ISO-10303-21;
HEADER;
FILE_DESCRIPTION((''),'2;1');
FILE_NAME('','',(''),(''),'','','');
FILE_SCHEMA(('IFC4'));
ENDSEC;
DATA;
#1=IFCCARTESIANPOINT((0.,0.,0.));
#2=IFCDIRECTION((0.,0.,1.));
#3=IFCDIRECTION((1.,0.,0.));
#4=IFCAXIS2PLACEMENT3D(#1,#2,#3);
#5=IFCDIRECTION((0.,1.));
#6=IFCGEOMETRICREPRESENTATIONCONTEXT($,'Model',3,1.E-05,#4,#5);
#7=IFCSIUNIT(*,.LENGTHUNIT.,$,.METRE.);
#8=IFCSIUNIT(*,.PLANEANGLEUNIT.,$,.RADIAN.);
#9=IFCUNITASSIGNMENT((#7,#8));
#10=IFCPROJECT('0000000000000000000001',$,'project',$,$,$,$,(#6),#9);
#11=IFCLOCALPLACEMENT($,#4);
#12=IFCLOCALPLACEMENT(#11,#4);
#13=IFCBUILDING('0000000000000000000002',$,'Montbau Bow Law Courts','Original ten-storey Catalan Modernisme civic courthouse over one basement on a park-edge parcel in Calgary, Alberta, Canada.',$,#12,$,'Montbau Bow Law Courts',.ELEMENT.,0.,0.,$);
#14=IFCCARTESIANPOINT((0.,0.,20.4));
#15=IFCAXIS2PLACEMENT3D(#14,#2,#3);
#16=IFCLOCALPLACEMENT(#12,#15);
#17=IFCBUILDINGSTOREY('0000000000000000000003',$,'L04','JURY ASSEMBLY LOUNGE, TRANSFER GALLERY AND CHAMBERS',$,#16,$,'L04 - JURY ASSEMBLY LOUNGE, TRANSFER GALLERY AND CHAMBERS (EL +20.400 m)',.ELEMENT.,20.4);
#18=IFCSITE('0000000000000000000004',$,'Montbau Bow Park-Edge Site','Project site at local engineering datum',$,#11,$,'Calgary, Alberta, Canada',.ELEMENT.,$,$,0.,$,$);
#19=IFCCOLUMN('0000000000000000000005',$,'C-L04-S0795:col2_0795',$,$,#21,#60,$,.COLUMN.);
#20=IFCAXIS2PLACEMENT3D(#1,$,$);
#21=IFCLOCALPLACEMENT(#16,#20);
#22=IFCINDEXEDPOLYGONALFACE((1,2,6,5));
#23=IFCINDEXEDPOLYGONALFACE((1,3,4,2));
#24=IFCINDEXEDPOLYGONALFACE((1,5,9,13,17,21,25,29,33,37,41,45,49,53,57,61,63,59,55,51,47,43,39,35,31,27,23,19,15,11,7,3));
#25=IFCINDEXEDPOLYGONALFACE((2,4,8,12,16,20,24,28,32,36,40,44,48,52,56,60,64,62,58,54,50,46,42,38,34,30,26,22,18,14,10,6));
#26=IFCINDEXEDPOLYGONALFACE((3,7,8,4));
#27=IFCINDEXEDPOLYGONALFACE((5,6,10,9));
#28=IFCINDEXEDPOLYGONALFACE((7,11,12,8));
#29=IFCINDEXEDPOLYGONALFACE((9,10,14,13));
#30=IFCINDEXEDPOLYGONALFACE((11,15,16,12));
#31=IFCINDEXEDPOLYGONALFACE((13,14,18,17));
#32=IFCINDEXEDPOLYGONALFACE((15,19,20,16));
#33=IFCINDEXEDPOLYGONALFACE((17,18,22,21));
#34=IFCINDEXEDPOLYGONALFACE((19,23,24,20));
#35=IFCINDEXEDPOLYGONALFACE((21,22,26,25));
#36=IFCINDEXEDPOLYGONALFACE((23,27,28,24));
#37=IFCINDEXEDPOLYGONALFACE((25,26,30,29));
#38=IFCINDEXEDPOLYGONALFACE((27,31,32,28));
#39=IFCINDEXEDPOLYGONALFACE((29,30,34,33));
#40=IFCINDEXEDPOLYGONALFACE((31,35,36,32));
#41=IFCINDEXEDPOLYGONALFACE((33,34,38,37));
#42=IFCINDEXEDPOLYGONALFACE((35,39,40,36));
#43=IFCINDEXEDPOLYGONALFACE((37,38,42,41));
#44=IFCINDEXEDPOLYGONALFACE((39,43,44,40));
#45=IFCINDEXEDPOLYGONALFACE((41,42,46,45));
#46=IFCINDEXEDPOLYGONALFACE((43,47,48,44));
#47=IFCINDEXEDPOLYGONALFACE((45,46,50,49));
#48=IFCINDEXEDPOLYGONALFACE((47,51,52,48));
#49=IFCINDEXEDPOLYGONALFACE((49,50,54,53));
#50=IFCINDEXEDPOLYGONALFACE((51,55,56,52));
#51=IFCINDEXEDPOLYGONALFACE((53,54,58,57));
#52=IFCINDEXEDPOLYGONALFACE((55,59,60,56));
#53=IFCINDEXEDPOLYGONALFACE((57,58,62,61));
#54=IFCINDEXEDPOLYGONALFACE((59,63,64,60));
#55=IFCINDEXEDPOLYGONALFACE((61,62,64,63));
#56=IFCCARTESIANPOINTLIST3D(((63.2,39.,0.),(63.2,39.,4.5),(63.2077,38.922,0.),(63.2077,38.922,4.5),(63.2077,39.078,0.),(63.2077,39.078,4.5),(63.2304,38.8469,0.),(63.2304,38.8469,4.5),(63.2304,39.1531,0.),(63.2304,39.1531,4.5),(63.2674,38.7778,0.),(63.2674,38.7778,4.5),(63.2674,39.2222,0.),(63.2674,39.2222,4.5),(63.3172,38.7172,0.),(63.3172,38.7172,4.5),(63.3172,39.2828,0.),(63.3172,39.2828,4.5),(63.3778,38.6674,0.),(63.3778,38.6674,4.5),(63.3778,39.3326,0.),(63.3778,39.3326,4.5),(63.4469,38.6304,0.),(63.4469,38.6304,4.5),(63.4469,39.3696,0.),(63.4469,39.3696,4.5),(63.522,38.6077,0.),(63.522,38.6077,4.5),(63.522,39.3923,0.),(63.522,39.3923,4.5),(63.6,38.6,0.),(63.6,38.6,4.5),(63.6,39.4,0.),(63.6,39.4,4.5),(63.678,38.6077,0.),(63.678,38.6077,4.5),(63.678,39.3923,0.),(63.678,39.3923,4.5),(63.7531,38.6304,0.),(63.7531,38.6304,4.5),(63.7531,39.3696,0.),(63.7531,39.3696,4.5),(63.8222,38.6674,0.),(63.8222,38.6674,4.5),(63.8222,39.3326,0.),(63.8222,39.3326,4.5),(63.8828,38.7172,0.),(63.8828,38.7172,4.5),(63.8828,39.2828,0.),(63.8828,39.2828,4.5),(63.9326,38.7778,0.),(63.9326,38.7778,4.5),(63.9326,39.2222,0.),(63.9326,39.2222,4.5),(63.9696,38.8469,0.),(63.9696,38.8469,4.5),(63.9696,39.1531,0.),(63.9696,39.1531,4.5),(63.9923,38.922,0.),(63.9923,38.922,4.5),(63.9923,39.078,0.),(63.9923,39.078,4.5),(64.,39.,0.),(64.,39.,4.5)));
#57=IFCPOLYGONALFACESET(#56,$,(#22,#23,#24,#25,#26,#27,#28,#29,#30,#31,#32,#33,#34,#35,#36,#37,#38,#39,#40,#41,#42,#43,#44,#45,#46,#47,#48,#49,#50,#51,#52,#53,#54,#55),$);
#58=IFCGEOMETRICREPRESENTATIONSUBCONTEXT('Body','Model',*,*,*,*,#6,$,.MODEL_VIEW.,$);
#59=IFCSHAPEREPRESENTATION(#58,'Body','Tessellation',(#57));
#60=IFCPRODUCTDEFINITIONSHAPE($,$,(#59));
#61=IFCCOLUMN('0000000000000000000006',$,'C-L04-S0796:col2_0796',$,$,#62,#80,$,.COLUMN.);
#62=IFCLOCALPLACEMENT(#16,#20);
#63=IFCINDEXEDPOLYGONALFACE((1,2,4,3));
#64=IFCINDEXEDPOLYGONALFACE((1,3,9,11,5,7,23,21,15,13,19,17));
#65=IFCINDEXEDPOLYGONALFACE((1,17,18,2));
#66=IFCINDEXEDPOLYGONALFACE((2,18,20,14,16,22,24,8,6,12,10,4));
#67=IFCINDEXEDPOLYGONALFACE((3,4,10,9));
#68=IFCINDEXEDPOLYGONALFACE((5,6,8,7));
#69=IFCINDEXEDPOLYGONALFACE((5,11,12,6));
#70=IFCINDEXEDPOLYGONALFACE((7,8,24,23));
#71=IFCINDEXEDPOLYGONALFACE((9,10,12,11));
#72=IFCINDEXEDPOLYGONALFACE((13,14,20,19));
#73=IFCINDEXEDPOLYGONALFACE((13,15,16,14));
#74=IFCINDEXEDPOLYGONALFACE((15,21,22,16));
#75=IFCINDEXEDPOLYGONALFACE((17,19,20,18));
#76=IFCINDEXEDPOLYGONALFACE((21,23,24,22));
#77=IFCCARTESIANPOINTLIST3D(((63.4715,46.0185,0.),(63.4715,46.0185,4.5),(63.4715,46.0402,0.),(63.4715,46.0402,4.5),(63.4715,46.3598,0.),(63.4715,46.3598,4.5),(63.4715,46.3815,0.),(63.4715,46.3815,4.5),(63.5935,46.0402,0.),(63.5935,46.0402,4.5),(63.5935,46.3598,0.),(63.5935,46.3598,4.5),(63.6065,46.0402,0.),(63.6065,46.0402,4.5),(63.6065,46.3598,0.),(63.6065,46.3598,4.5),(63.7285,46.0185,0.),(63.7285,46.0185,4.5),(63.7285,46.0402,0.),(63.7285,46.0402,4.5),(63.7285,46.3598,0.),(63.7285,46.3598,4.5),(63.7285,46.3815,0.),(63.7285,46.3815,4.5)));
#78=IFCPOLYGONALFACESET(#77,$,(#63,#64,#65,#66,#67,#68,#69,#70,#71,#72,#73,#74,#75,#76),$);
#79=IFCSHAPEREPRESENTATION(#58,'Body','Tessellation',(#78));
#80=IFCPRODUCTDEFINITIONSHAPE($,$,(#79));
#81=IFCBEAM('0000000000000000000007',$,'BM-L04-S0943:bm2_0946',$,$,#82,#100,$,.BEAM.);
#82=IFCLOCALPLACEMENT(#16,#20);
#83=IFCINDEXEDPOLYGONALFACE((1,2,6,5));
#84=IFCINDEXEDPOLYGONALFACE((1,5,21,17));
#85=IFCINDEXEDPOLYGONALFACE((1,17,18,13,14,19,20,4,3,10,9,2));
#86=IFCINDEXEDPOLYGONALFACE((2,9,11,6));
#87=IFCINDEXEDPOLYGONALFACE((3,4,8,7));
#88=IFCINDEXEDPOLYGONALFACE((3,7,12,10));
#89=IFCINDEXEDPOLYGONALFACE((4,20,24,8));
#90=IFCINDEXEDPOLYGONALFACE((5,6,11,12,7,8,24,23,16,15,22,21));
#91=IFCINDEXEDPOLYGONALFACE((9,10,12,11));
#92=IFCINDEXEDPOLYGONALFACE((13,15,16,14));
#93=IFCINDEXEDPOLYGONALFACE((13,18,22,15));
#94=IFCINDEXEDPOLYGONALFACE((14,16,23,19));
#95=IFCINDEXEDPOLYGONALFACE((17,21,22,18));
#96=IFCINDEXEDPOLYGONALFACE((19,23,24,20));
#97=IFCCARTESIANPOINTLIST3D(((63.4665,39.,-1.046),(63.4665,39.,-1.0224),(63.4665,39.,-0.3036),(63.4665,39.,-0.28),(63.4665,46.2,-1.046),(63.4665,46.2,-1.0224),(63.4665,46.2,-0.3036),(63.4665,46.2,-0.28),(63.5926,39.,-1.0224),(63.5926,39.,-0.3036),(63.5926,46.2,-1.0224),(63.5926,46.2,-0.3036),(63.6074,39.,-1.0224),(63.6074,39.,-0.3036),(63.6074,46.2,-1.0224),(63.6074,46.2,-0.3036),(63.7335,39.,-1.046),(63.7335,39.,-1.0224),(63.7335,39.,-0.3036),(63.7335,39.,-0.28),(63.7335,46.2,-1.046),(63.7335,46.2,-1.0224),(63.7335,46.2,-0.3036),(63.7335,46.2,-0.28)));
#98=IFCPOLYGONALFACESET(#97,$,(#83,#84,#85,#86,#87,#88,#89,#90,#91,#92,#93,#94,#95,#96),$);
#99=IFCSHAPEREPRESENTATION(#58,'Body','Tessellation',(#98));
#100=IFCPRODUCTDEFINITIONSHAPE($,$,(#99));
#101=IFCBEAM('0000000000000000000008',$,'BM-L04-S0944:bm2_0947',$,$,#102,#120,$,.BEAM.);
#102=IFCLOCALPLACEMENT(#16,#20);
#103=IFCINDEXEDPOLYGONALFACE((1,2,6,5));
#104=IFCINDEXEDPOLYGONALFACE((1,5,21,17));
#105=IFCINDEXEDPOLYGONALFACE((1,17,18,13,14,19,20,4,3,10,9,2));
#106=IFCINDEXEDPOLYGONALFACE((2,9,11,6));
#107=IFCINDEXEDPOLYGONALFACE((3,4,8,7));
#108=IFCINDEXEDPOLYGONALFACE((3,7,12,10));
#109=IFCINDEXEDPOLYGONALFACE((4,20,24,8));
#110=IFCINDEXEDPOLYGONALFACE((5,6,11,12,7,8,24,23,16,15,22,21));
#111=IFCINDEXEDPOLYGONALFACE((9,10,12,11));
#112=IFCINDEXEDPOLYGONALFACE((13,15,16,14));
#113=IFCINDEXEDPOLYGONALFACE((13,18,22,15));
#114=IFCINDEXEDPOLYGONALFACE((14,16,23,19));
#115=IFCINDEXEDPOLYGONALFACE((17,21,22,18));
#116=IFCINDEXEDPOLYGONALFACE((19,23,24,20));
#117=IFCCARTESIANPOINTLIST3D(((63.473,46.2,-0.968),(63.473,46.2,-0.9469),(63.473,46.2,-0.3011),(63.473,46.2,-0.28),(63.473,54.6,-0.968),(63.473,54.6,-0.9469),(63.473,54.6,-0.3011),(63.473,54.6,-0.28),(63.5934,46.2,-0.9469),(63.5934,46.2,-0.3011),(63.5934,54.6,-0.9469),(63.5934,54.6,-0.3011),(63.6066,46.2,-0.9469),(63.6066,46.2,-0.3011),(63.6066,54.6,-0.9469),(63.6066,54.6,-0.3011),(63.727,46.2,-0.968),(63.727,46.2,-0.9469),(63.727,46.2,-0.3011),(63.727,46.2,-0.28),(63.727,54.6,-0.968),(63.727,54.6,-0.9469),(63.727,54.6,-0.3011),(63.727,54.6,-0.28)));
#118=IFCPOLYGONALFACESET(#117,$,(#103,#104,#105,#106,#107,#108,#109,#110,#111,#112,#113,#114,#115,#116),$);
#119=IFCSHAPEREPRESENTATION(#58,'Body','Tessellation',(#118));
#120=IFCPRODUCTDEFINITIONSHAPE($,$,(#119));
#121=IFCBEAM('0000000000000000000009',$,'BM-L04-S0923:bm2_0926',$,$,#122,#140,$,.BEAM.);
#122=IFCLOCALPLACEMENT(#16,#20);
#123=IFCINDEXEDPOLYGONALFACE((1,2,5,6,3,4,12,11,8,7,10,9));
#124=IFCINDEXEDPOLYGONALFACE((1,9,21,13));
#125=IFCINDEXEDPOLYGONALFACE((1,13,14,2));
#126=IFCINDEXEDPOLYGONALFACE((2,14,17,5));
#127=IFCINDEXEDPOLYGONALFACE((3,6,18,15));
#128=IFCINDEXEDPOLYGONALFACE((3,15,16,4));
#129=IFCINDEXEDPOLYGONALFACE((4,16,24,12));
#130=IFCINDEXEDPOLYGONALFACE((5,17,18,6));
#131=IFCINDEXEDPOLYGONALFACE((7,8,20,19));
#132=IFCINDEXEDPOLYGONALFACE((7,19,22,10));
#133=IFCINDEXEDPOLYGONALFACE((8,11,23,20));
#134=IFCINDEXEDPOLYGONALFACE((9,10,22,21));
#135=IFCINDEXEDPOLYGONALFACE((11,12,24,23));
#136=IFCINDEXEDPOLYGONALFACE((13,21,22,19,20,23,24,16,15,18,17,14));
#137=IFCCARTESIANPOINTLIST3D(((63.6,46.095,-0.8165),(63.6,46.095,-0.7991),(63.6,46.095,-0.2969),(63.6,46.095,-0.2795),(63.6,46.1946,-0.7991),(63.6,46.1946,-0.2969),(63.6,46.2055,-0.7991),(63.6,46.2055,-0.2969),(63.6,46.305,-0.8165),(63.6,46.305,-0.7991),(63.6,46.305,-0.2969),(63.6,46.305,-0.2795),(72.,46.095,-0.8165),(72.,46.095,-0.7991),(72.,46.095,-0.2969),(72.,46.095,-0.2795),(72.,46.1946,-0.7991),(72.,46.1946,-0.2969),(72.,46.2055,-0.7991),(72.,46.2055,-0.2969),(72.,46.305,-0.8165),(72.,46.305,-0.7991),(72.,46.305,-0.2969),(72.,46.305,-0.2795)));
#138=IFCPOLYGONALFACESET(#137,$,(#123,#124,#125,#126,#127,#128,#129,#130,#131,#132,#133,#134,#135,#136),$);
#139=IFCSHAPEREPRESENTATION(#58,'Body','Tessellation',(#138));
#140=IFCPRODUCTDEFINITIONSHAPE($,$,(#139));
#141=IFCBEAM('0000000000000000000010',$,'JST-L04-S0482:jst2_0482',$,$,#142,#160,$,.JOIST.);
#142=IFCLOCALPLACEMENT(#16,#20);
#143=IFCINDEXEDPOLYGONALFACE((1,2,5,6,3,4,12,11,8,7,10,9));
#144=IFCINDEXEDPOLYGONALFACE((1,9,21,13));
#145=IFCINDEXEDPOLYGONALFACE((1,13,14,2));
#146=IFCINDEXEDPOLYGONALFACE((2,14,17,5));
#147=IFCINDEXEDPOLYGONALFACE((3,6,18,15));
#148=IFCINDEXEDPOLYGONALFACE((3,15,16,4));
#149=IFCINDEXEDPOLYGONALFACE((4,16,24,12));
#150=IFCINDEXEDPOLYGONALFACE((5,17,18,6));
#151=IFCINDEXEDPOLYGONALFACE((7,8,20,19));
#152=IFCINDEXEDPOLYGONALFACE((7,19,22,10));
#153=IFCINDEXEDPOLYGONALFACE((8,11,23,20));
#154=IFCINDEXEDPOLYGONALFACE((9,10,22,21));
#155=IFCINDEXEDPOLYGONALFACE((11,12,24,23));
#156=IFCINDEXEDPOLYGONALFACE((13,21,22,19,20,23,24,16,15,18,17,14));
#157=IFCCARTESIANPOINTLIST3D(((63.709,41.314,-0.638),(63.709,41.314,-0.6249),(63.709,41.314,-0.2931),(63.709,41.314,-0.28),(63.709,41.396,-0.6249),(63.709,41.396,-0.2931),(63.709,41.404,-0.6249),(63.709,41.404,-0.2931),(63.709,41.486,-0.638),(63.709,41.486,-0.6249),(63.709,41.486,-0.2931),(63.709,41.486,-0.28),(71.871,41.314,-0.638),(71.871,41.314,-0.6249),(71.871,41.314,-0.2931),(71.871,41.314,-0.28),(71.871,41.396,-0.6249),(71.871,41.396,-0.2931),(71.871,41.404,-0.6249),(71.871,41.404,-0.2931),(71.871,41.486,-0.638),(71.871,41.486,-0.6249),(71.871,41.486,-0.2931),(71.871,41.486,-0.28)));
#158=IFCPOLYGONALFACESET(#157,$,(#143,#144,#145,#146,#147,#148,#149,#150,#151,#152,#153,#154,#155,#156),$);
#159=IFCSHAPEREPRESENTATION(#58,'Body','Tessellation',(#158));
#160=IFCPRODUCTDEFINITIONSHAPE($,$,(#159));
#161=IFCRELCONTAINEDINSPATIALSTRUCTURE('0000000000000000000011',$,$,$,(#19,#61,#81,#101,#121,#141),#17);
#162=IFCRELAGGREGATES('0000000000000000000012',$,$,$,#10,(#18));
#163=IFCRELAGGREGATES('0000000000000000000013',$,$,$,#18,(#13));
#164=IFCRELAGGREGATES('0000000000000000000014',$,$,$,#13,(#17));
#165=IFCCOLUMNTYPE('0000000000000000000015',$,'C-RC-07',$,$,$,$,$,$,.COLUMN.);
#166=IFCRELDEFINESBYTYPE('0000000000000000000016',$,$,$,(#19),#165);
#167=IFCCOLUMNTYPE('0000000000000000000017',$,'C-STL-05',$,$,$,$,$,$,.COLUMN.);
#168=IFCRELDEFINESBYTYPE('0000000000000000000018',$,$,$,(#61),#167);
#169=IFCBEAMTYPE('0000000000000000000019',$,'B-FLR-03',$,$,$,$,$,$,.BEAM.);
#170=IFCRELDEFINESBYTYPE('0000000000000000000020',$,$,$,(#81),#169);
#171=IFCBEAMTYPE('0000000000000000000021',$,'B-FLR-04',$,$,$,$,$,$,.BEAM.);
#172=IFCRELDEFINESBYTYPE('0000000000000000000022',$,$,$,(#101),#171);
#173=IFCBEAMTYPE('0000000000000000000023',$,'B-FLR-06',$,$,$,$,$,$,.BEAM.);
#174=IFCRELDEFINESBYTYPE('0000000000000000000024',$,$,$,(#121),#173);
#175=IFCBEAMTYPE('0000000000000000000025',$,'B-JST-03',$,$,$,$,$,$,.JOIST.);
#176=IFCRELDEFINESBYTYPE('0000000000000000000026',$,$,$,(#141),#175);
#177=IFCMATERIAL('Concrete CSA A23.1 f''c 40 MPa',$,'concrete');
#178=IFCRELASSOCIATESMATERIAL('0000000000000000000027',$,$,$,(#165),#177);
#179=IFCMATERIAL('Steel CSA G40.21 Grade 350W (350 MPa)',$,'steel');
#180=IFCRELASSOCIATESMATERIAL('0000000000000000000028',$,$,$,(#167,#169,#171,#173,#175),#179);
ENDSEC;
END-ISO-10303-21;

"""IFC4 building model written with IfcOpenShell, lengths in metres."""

from ifc_helpers import new_model, si_unit, direction, frame, origin_with_axes, origin_2d_with_axis, place, context, subcontext, project, spatial, circle, i_section, extrude, material, material_profile, profile_set, type_object, element, save


model = new_model("IFC4")

# Units and contexts
model_context = context("Model", 3, precision=1e-05, world=origin_with_axes(), true_north=direction((0.0, 1.0)))
body_context = subcontext(model_context, "Body", "Model", "MODEL_VIEW")
ifc_project = project(units=[si_unit("LENGTHUNIT", "METRE"), si_unit("PLANEANGLEUNIT", "RADIAN")], contexts=[model_context])

# Site, building, storey
site_placement = place(None, origin_with_axes())
site = spatial("IfcSite", under=ifc_project, at=site_placement, Name="Montbau Bow Park-Edge Site", Description="Project site at local engineering datum", LongName="Calgary, Alberta, Canada", CompositionType="ELEMENT", RefElevation=0.0)
building_placement = place(site_placement, origin_with_axes())
building = spatial("IfcBuilding", under=site, at=building_placement, Name="Montbau Bow Law Courts", Description="Original ten-storey Catalan Modernisme civic courthouse over one basement on a park-edge parcel in Calgary, Alberta, Canada.", LongName="Montbau Bow Law Courts", CompositionType="ELEMENT", ElevationOfRefHeight=0.0, ElevationOfTerrain=0.0)
storey_placement = place(building_placement, frame((0.0, 0.0, 20.4), z_axis=(0.0, 0.0, 1.0), x_axis=(1.0, 0.0, 0.0)))
storey = spatial("IfcBuildingStorey", under=building, at=storey_placement, Name="L04", Description="JURY ASSEMBLY LOUNGE, TRANSFER GALLERY AND CHAMBERS", LongName="L04 - JURY ASSEMBLY LOUNGE, TRANSFER GALLERY AND CHAMBERS (EL +20.400 m)", CompositionType="ELEMENT", Elevation=20.4)

# Columns
ifc_material_1 = material(Name="Concrete CSA A23.1 f'c 40 MPa", Category="concrete")
ifc_material_profile_1 = material_profile(ifc_material_1, circle(Radius=0.4, at=origin_2d_with_axis()), Name="RC800D", Category="Main", Priority=0)
ifc_profile_set_1 = profile_set([ifc_material_profile_1], Name="Concrete CSA A23.1 f'c 40 MPa")
column_type_1 = type_object("IfcColumnType", Name="C-RC-07", PredefinedType="COLUMN", material=ifc_profile_set_1)
column_1_placement = place(None, frame((63.6, 39.0, 20.4), z_axis=(0.0, 0.0, 1.0), x_axis=(1.0, 0.0, 0.0)))
element("IfcColumn", 1, at=column_1_placement, inside=storey, type_object=column_type_1, Name="C-L04-S0795:col2_0795", PredefinedType="COLUMN", context=body_context, shape_type="SweptSolid", body=[
    extrude(circle(Radius=0.4, at=origin_2d_with_axis()), origin_with_axes(), (0.0, 0.0, 1.0), 4.5),
])
ifc_material_2 = material(Name="Steel CSA G40.21 Grade 350W (350 MPa)", Category="steel")
ifc_material_profile_2 = material_profile(ifc_material_2, i_section(OverallWidth=0.257, OverallDepth=0.363, WebThickness=0.013, FlangeThickness=0.0217, at=origin_2d_with_axis()), Name="W360X122", Category="Main", Priority=0)
ifc_profile_set_2 = profile_set([ifc_material_profile_2], Name="Steel CSA G40.21 Grade 350W (350 MPa)")
column_type_2 = type_object("IfcColumnType", Name="C-STL-05", PredefinedType="COLUMN", material=ifc_profile_set_2)
column_2_placement = place(None, frame((63.6, 46.2, 20.4), z_axis=(0.0, 0.0, 1.0), x_axis=(1.0, 0.0, 0.0)))
element("IfcColumn", 2, at=column_2_placement, inside=storey, type_object=column_type_2, Name="C-L04-S0796:col2_0796", PredefinedType="COLUMN", context=body_context, shape_type="SweptSolid", body=[
    extrude(i_section(OverallWidth=0.257, OverallDepth=0.363, WebThickness=0.013, FlangeThickness=0.0217, at=origin_2d_with_axis()), origin_with_axes(), (0.0, 0.0, 1.0), 4.5),
])

# Beams
ifc_material_profile_3 = material_profile(ifc_material_2, i_section(OverallWidth=0.267, OverallDepth=0.766, WebThickness=0.0149, FlangeThickness=0.0236, at=origin_2d_with_axis()), Name="W760X185", Category="Main", Priority=0)
ifc_profile_set_3 = profile_set([ifc_material_profile_3], Name="Steel CSA G40.21 Grade 350W (350 MPa)")
beam_type_1 = type_object("IfcBeamType", Name="B-FLR-03", PredefinedType="BEAM", material=ifc_profile_set_3)
beam_1_placement = place(None, frame((63.6, 39.0, 19.737), z_axis=(0.0, 1.0, 0.0), x_axis=(-1.0, 0.0, 0.0)))
element("IfcBeam", 3, at=beam_1_placement, inside=storey, type_object=beam_type_1, Name="BM-L04-S0943:bm2_0946", PredefinedType="BEAM", context=body_context, shape_type="SweptSolid", body=[
    extrude(i_section(OverallWidth=0.267, OverallDepth=0.766, WebThickness=0.0149, FlangeThickness=0.0236, at=origin_2d_with_axis()), origin_with_axes(), (0.0, 0.0, 1.0), 7.2),
])
ifc_material_profile_4 = material_profile(ifc_material_2, i_section(OverallWidth=0.254, OverallDepth=0.688, WebThickness=0.0131, FlangeThickness=0.0211, at=origin_2d_with_axis()), Name="W690X152", Category="Main", Priority=0)
ifc_profile_set_4 = profile_set([ifc_material_profile_4], Name="Steel CSA G40.21 Grade 350W (350 MPa)")
beam_type_2 = type_object("IfcBeamType", Name="B-FLR-04", PredefinedType="BEAM", material=ifc_profile_set_4)
beam_2_placement = place(None, frame((63.6, 46.2, 19.776), z_axis=(0.0, 1.0, 0.0), x_axis=(-1.0, 0.0, 0.0)))
element("IfcBeam", 4, at=beam_2_placement, inside=storey, type_object=beam_type_2, Name="BM-L04-S0944:bm2_0947", PredefinedType="BEAM", context=body_context, shape_type="SweptSolid", body=[
    extrude(i_section(OverallWidth=0.254, OverallDepth=0.688, WebThickness=0.0131, FlangeThickness=0.0211, at=origin_2d_with_axis()), origin_with_axes(), (0.0, 0.0, 1.0), 8.4),
])
ifc_material_profile_5 = material_profile(ifc_material_2, i_section(OverallWidth=0.21, OverallDepth=0.537, WebThickness=0.0109, FlangeThickness=0.0174, at=origin_2d_with_axis()), Name="W530X101", Category="Main", Priority=0)
ifc_profile_set_5 = profile_set([ifc_material_profile_5], Name="Steel CSA G40.21 Grade 350W (350 MPa)")
beam_type_3 = type_object("IfcBeamType", Name="B-FLR-06", PredefinedType="BEAM", material=ifc_profile_set_5)
beam_3_placement = place(None, frame((63.6, 46.2, 19.852), z_axis=(1.0, 0.0, 0.0), x_axis=(0.0, 1.0, 0.0)))
element("IfcBeam", 5, at=beam_3_placement, inside=storey, type_object=beam_type_3, Name="BM-L04-S0923:bm2_0926", PredefinedType="BEAM", context=body_context, shape_type="SweptSolid", body=[
    extrude(i_section(OverallWidth=0.21, OverallDepth=0.537, WebThickness=0.0109, FlangeThickness=0.0174, at=origin_2d_with_axis()), origin_with_axes(), (0.0, 0.0, 1.0), 8.4),
])
ifc_material_profile_6 = material_profile(ifc_material_2, i_section(OverallWidth=0.172, OverallDepth=0.358, WebThickness=0.0079, FlangeThickness=0.0131, at=origin_2d_with_axis()), Name="W360X57", Category="Main", Priority=0)
ifc_profile_set_6 = profile_set([ifc_material_profile_6], Name="Steel CSA G40.21 Grade 350W (350 MPa)")
beam_type_4 = type_object("IfcBeamType", Name="B-JST-03", PredefinedType="JOIST", material=ifc_profile_set_6)
beam_4_placement = place(None, frame((63.709, 41.4, 19.941), z_axis=(1.0, 0.0, 0.0), x_axis=(0.0, 1.0, 0.0)))
element("IfcBeam", 6, at=beam_4_placement, inside=storey, type_object=beam_type_4, Name="JST-L04-S0482:jst2_0482", PredefinedType="JOIST", context=body_context, shape_type="SweptSolid", body=[
    extrude(i_section(OverallWidth=0.172, OverallDepth=0.358, WebThickness=0.0079, FlangeThickness=0.0131, at=origin_2d_with_axis()), origin_with_axes(), (0.0, 0.0, 1.0), 8.162),
])

save(model, "model.ifc")
